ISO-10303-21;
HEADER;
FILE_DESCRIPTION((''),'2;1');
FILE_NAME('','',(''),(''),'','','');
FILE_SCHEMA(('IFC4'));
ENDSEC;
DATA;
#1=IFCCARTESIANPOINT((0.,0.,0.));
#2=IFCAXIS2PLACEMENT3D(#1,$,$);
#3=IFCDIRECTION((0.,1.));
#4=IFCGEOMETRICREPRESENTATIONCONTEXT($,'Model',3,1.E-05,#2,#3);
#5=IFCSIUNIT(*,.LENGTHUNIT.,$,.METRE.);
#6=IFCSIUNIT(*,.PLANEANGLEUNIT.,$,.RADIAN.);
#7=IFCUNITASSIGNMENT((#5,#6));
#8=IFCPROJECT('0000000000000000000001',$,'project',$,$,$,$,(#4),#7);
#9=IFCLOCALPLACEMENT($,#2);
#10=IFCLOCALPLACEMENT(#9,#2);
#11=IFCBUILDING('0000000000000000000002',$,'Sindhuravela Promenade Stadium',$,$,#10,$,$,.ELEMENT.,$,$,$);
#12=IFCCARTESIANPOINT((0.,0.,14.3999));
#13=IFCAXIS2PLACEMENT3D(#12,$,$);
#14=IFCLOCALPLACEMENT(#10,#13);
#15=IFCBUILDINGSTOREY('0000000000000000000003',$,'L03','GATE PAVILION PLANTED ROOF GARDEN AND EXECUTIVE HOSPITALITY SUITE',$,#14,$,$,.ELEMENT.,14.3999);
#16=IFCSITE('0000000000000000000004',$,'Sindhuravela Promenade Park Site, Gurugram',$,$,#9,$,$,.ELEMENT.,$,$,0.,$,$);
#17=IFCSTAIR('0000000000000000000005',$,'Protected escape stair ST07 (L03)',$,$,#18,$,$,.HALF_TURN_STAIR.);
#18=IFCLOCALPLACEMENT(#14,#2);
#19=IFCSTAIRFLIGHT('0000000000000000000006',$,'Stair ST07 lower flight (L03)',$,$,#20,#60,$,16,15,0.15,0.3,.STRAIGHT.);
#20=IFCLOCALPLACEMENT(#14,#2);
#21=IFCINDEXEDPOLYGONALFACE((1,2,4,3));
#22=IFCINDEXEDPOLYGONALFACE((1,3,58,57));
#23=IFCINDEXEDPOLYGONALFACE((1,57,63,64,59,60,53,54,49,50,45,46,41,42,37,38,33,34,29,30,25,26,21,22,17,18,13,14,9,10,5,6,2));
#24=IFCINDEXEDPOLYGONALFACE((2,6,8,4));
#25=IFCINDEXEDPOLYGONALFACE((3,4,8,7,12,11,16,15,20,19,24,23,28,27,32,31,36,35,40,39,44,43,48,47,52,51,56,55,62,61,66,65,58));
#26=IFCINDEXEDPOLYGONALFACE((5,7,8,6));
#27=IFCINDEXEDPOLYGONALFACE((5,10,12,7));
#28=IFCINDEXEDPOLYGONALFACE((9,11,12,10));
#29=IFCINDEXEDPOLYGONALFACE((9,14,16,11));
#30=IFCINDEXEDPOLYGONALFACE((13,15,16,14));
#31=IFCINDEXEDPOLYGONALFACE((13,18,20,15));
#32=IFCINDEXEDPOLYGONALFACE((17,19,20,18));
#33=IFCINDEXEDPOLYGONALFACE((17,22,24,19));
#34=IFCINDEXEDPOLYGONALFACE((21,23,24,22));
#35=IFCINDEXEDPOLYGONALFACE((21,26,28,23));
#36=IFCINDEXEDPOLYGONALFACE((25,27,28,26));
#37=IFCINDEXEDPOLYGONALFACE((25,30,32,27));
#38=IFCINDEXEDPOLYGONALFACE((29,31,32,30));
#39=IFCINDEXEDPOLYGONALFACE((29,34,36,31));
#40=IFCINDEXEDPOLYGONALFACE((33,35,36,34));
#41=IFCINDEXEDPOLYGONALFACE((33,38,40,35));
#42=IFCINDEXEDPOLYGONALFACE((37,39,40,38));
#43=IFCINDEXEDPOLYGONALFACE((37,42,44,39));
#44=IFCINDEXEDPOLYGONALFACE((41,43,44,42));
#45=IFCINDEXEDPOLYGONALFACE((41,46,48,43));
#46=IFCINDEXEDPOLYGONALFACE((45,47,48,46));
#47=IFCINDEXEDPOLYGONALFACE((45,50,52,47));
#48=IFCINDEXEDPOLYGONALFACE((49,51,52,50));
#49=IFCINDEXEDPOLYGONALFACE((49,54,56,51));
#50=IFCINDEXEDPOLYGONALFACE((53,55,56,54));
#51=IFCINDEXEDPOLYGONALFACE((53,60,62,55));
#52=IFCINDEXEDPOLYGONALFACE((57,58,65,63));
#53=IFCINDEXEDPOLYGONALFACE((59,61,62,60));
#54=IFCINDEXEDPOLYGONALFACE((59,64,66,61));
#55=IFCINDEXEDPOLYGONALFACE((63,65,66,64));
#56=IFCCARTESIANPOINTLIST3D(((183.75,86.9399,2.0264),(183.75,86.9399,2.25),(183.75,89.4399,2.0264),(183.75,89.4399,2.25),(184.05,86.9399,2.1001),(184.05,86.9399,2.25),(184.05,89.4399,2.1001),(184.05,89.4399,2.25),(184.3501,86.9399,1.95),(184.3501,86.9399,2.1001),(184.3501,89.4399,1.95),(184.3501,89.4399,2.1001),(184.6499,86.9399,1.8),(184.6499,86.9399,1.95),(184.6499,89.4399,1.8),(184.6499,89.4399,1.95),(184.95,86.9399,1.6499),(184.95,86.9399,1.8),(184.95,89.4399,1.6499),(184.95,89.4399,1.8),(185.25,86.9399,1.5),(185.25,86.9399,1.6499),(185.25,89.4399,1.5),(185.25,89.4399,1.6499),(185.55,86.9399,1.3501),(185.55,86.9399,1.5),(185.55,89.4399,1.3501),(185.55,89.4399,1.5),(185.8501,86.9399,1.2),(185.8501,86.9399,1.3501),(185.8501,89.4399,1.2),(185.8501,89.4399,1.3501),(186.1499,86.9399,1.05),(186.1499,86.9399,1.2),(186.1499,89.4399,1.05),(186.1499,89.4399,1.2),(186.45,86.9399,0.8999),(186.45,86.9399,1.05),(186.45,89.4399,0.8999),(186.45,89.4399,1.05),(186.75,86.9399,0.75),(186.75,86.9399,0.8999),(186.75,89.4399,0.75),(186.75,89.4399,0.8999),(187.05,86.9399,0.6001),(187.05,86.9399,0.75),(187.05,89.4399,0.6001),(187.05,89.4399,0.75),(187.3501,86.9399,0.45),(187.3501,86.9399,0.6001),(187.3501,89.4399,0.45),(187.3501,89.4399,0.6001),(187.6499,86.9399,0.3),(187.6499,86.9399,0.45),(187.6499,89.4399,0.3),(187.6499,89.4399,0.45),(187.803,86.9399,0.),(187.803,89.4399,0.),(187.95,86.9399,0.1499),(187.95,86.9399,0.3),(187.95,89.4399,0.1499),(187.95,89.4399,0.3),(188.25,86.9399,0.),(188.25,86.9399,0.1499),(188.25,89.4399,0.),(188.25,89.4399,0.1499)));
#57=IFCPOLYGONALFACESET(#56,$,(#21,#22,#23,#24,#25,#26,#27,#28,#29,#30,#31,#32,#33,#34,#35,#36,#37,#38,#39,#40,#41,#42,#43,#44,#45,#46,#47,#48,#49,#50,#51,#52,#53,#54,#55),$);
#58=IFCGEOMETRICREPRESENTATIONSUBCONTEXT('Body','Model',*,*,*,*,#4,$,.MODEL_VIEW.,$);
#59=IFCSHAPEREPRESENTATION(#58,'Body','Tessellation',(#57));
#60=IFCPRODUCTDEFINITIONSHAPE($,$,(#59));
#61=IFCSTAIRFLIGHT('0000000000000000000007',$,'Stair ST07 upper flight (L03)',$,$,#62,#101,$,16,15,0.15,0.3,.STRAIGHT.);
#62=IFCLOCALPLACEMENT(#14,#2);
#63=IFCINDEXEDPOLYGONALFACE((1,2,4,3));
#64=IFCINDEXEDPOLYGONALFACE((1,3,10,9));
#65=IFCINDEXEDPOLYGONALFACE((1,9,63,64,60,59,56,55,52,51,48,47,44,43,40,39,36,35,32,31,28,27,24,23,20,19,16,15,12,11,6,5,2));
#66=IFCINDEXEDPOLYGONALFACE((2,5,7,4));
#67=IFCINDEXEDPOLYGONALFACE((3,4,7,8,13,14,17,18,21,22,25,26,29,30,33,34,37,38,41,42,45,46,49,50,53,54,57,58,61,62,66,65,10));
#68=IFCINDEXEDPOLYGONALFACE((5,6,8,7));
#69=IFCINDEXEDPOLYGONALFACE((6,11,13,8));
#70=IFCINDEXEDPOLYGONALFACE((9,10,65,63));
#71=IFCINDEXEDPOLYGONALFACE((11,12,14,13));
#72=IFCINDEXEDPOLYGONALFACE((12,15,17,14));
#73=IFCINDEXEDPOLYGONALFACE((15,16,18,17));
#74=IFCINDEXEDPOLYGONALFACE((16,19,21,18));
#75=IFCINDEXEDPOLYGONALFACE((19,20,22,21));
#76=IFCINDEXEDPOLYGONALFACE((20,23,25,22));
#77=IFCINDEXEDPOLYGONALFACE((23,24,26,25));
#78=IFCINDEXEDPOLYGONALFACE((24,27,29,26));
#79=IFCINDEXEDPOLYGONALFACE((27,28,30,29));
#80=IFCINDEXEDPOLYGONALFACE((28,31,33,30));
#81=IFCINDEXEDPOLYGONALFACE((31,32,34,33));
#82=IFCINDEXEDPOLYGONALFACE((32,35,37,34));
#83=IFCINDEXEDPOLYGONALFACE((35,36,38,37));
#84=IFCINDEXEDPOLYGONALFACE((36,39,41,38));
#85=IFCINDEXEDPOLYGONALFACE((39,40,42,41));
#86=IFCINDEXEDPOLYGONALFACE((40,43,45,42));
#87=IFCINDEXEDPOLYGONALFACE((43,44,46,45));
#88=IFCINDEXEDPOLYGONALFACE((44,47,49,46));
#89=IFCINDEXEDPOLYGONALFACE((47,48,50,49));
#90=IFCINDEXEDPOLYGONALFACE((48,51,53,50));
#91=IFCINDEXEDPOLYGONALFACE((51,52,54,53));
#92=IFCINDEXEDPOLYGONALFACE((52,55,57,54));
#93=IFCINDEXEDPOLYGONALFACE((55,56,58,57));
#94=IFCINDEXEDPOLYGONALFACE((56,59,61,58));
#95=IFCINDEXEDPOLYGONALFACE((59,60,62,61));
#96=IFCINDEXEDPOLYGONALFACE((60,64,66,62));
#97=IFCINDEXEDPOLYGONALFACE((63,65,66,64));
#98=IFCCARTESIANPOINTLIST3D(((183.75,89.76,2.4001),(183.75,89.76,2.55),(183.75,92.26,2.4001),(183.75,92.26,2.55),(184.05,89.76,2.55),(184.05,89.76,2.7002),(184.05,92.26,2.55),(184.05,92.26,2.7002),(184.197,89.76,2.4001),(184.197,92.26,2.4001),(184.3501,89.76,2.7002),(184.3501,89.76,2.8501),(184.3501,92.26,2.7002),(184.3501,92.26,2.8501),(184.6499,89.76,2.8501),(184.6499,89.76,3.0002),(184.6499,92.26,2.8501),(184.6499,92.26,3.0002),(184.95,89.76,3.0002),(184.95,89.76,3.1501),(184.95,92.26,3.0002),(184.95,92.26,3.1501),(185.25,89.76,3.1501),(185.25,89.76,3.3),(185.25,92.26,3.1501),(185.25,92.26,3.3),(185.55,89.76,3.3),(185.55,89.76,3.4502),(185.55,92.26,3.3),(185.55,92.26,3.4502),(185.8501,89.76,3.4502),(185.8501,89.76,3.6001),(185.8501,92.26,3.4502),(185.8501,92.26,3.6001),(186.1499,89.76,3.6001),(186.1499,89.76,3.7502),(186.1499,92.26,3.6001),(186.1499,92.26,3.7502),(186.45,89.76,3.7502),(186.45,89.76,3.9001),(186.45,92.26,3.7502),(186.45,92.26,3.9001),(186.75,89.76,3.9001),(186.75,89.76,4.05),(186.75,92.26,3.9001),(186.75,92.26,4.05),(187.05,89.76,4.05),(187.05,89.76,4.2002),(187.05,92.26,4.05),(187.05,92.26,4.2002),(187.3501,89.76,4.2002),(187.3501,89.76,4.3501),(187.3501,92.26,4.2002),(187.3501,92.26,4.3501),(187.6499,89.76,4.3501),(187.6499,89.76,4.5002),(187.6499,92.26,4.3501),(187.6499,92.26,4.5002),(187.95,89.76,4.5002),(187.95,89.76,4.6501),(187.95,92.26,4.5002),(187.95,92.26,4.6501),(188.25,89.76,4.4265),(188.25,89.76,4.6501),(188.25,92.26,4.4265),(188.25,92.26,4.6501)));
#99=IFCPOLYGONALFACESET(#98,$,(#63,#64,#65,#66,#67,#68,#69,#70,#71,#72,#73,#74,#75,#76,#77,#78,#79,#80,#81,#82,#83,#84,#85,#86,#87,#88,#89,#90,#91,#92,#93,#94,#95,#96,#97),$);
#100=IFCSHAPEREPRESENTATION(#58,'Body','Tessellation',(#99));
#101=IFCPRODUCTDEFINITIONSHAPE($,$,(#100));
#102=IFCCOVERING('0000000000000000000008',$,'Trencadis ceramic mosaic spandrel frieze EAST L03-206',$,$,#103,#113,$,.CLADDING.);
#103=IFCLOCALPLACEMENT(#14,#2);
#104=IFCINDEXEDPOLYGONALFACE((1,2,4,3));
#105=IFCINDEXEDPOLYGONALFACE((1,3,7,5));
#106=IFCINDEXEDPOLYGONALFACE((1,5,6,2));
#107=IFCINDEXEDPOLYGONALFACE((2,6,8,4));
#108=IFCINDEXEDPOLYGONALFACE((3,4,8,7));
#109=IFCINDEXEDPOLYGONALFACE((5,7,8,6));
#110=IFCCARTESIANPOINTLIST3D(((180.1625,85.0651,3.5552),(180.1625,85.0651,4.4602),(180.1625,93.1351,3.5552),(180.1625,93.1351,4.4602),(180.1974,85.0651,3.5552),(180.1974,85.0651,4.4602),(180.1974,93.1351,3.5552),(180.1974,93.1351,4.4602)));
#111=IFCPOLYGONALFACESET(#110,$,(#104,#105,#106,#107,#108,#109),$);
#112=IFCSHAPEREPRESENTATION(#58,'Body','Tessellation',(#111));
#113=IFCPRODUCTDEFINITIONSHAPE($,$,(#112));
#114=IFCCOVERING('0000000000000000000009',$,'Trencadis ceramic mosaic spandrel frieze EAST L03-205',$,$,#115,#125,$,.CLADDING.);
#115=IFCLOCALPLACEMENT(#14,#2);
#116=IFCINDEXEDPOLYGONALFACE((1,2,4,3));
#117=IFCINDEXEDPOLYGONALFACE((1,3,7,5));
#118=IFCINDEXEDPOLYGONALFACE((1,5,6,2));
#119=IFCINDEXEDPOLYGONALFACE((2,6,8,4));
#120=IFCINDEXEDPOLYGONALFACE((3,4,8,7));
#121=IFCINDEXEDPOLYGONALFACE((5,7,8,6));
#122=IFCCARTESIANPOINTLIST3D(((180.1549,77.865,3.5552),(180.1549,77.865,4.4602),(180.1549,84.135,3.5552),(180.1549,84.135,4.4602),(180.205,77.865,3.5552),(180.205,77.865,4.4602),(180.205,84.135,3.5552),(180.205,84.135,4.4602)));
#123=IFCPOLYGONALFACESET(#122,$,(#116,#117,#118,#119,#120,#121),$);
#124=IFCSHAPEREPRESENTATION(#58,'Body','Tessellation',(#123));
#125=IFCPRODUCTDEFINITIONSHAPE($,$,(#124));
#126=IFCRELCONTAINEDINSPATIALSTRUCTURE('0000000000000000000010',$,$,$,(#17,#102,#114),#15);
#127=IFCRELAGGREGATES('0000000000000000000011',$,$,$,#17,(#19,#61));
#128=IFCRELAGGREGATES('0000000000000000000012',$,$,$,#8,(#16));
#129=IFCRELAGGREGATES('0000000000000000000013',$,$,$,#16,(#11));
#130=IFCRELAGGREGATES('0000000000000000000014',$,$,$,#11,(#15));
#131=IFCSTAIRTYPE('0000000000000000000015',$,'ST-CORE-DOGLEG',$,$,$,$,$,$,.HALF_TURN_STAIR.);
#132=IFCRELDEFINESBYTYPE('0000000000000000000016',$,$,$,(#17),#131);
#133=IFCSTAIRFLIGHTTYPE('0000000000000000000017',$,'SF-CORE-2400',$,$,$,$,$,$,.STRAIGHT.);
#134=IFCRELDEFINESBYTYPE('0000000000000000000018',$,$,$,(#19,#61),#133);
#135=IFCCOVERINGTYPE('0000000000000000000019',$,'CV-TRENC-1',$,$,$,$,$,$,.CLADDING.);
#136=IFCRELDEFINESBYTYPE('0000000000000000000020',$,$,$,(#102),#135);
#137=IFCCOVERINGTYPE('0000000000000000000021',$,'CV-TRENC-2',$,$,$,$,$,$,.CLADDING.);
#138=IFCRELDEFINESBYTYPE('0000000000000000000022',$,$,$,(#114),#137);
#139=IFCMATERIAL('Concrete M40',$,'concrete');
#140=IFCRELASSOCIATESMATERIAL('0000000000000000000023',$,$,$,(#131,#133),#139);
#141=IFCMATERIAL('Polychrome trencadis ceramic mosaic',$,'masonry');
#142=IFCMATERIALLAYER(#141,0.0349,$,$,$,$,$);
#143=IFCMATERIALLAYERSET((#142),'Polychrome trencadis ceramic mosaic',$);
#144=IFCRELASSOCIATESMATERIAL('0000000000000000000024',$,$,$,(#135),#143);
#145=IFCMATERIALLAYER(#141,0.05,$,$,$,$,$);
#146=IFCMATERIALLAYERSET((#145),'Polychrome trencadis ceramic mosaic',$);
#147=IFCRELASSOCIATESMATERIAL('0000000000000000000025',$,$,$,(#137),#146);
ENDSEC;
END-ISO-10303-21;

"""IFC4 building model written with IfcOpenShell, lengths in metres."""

from ifc_helpers import new_model, si_unit, direction, frame, origin, origin_2d, place, context, subcontext, project, spatial, polyline, rectangle, outline, extrude, material, layer, layer_set, type_object, element, aggregate, save


model = new_model("IFC4")

# Units and contexts
model_context = context("Model", 3, precision=1e-05, world=origin(), true_north=direction((0.0, 1.0)))
body_context = subcontext(model_context, "Body", "Model", "MODEL_VIEW")
ifc_project = project(units=[si_unit("LENGTHUNIT", "METRE"), si_unit("PLANEANGLEUNIT", "RADIAN")], contexts=[model_context])

# Site, building, storey
site_placement = place(None, origin())
site = spatial("IfcSite", under=ifc_project, at=site_placement, Name="Sindhuravela Promenade Park Site, Gurugram", CompositionType="ELEMENT", RefElevation=0.0)
building_placement = place(site_placement, origin())
building = spatial("IfcBuilding", under=site, at=building_placement, Name="Sindhuravela Promenade Stadium", CompositionType="ELEMENT")
storey_placement = place(building_placement, frame((0.0, 0.0, 14.3999)))
storey = spatial("IfcBuildingStorey", under=building, at=storey_placement, Name="L03", Description="GATE PAVILION PLANTED ROOF GARDEN AND EXECUTIVE HOSPITALITY SUITE", CompositionType="ELEMENT", Elevation=14.3999)

# Shared definitions
ifc_material_1 = material(Name="Concrete M40", Category="concrete")

# Stair, stair flights
stair_type = type_object("IfcStairType", Name="ST-CORE-DOGLEG", PredefinedType="HALF_TURN_STAIR", material=ifc_material_1)
stair_placement = place(storey_placement, origin())
stair = element("IfcStair", 1, at=stair_placement, inside=storey, type_object=stair_type, Name="Protected escape stair ST07 (L03)", PredefinedType="HALF_TURN_STAIR")
stair_flight_type = type_object("IfcStairFlightType", Name="SF-CORE-2400", PredefinedType="STRAIGHT", material=ifc_material_1)
stair_flight_1_placement = place(storey_placement, frame((188.25, 88.1899, 0.0), z_axis=(0.0, 0.0, 1.0), x_axis=(-1.0, 0.0, 0.0)))
stair_flight_1 = element("IfcStairFlight", 2, at=stair_flight_1_placement, type_object=stair_flight_type, Name="Stair ST07 lower flight (L03)", NumberOfRisers=16, NumberOfTreads=15, PredefinedType="STRAIGHT", RiserHeight=0.15, TreadLength=0.3, context=body_context, shape_type="SweptSolid", body=[
    extrude(outline(polyline([(0.0, 0.0), (0.0, 0.1499), (0.3, 0.1499), (0.3, 0.3), (0.6001, 0.3), (0.6001, 0.45), (0.8999, 0.45), (0.8999, 0.6001), (1.2, 0.6001), (1.2, 0.75), (1.5, 0.75), (1.5, 0.8999), (1.8, 0.8999), (1.8, 1.05), (2.1001, 1.05), (2.1001, 1.2), (2.3999, 1.2), (2.3999, 1.3501), (2.7, 1.3501), (2.7, 1.5), (3.0, 1.5), (3.0, 1.6499), (3.3, 1.6499), (3.3, 1.8), (3.6001, 1.8), (3.6001, 1.95), (3.8999, 1.95), (3.8999, 2.1001), (4.2, 2.1001), (4.2, 2.25), (4.5, 2.25), (4.5, 2.3999), (4.5, 2.0264), (0.447, 0.0), (0.0, 0.0)])), frame((0.0, 1.25, 0.0), z_axis=(0.0, -1.0, 0.0), x_axis=(1.0, 0.0, 0.0)), (0.0, 0.0, 1.0), 2.5),
])
stair_flight_2_placement = place(storey_placement, frame((183.75, 91.01, 2.4001), z_axis=(0.0, 0.0, 1.0), x_axis=(1.0, 0.0, 0.0)))
stair_flight_2 = element("IfcStairFlight", 3, at=stair_flight_2_placement, type_object=stair_flight_type, Name="Stair ST07 upper flight (L03)", NumberOfRisers=16, NumberOfTreads=15, PredefinedType="STRAIGHT", RiserHeight=0.15, TreadLength=0.3, context=body_context, shape_type="SweptSolid", body=[
    extrude(outline(polyline([(0.0, 0.0), (0.0, 0.1499), (0.3, 0.1499), (0.3, 0.3), (0.6001, 0.3), (0.6001, 0.45), (0.8999, 0.45), (0.8999, 0.6001), (1.2, 0.6001), (1.2, 0.75), (1.5, 0.75), (1.5, 0.8999), (1.8, 0.8999), (1.8, 1.05), (2.1001, 1.05), (2.1001, 1.2), (2.3999, 1.2), (2.3999, 1.3501), (2.7, 1.3501), (2.7, 1.5), (3.0, 1.5), (3.0, 1.6499), (3.3, 1.6499), (3.3, 1.8), (3.6001, 1.8), (3.6001, 1.95), (3.8999, 1.95), (3.8999, 2.1001), (4.2, 2.1001), (4.2, 2.25), (4.5, 2.25), (4.5, 2.3999), (4.5, 2.0264), (0.447, 0.0), (0.0, 0.0)])), frame((0.0, 1.25, 0.0), z_axis=(0.0, -1.0, 0.0), x_axis=(1.0, 0.0, 0.0)), (0.0, 0.0, 1.0), 2.5),
])
aggregate(stair, [stair_flight_1, stair_flight_2])

# Coverings
ifc_material_2 = material(Name="Polychrome trencadis ceramic mosaic", Category="masonry")
ifc_layer_1 = layer(ifc_material_2, 0.0349)
ifc_layer_set_1 = layer_set([ifc_layer_1], Name="Polychrome trencadis ceramic mosaic")
covering_type_1 = type_object("IfcCoveringType", Name="CV-TRENC-1", PredefinedType="CLADDING", material=ifc_layer_set_1)
covering_1_placement = place(storey_placement, frame((180.1799, 89.1001, 3.5552), z_axis=(0.0, 0.0, 1.0), x_axis=(0.0, 1.0, 0.0)))
element("IfcCovering", 4, at=covering_1_placement, inside=storey, type_object=covering_type_1, Name="Trencadis ceramic mosaic spandrel frieze EAST L03-206", PredefinedType="CLADDING", context=body_context, shape_type="SweptSolid", body=[
    extrude(rectangle(XDim=8.0701, YDim=0.0349, at=origin_2d()), origin(), (0.0, 0.0, 1.0), 0.905),
])
ifc_layer_2 = layer(ifc_material_2, 0.05)
ifc_layer_set_2 = layer_set([ifc_layer_2], Name="Polychrome trencadis ceramic mosaic")
covering_type_2 = type_object("IfcCoveringType", Name="CV-TRENC-2", PredefinedType="CLADDING", material=ifc_layer_set_2)
covering_2_placement = place(storey_placement, frame((180.1799, 81.0, 3.5552), z_axis=(0.0, 0.0, 1.0), x_axis=(0.0, 1.0, 0.0)))
element("IfcCovering", 5, at=covering_2_placement, inside=storey, type_object=covering_type_2, Name="Trencadis ceramic mosaic spandrel frieze EAST L03-205", PredefinedType="CLADDING", context=body_context, shape_type="SweptSolid", body=[
    extrude(rectangle(XDim=6.27, YDim=0.05, at=origin_2d()), origin(), (0.0, 0.0, 1.0), 0.905),
])

save(model, "model.ifc")
